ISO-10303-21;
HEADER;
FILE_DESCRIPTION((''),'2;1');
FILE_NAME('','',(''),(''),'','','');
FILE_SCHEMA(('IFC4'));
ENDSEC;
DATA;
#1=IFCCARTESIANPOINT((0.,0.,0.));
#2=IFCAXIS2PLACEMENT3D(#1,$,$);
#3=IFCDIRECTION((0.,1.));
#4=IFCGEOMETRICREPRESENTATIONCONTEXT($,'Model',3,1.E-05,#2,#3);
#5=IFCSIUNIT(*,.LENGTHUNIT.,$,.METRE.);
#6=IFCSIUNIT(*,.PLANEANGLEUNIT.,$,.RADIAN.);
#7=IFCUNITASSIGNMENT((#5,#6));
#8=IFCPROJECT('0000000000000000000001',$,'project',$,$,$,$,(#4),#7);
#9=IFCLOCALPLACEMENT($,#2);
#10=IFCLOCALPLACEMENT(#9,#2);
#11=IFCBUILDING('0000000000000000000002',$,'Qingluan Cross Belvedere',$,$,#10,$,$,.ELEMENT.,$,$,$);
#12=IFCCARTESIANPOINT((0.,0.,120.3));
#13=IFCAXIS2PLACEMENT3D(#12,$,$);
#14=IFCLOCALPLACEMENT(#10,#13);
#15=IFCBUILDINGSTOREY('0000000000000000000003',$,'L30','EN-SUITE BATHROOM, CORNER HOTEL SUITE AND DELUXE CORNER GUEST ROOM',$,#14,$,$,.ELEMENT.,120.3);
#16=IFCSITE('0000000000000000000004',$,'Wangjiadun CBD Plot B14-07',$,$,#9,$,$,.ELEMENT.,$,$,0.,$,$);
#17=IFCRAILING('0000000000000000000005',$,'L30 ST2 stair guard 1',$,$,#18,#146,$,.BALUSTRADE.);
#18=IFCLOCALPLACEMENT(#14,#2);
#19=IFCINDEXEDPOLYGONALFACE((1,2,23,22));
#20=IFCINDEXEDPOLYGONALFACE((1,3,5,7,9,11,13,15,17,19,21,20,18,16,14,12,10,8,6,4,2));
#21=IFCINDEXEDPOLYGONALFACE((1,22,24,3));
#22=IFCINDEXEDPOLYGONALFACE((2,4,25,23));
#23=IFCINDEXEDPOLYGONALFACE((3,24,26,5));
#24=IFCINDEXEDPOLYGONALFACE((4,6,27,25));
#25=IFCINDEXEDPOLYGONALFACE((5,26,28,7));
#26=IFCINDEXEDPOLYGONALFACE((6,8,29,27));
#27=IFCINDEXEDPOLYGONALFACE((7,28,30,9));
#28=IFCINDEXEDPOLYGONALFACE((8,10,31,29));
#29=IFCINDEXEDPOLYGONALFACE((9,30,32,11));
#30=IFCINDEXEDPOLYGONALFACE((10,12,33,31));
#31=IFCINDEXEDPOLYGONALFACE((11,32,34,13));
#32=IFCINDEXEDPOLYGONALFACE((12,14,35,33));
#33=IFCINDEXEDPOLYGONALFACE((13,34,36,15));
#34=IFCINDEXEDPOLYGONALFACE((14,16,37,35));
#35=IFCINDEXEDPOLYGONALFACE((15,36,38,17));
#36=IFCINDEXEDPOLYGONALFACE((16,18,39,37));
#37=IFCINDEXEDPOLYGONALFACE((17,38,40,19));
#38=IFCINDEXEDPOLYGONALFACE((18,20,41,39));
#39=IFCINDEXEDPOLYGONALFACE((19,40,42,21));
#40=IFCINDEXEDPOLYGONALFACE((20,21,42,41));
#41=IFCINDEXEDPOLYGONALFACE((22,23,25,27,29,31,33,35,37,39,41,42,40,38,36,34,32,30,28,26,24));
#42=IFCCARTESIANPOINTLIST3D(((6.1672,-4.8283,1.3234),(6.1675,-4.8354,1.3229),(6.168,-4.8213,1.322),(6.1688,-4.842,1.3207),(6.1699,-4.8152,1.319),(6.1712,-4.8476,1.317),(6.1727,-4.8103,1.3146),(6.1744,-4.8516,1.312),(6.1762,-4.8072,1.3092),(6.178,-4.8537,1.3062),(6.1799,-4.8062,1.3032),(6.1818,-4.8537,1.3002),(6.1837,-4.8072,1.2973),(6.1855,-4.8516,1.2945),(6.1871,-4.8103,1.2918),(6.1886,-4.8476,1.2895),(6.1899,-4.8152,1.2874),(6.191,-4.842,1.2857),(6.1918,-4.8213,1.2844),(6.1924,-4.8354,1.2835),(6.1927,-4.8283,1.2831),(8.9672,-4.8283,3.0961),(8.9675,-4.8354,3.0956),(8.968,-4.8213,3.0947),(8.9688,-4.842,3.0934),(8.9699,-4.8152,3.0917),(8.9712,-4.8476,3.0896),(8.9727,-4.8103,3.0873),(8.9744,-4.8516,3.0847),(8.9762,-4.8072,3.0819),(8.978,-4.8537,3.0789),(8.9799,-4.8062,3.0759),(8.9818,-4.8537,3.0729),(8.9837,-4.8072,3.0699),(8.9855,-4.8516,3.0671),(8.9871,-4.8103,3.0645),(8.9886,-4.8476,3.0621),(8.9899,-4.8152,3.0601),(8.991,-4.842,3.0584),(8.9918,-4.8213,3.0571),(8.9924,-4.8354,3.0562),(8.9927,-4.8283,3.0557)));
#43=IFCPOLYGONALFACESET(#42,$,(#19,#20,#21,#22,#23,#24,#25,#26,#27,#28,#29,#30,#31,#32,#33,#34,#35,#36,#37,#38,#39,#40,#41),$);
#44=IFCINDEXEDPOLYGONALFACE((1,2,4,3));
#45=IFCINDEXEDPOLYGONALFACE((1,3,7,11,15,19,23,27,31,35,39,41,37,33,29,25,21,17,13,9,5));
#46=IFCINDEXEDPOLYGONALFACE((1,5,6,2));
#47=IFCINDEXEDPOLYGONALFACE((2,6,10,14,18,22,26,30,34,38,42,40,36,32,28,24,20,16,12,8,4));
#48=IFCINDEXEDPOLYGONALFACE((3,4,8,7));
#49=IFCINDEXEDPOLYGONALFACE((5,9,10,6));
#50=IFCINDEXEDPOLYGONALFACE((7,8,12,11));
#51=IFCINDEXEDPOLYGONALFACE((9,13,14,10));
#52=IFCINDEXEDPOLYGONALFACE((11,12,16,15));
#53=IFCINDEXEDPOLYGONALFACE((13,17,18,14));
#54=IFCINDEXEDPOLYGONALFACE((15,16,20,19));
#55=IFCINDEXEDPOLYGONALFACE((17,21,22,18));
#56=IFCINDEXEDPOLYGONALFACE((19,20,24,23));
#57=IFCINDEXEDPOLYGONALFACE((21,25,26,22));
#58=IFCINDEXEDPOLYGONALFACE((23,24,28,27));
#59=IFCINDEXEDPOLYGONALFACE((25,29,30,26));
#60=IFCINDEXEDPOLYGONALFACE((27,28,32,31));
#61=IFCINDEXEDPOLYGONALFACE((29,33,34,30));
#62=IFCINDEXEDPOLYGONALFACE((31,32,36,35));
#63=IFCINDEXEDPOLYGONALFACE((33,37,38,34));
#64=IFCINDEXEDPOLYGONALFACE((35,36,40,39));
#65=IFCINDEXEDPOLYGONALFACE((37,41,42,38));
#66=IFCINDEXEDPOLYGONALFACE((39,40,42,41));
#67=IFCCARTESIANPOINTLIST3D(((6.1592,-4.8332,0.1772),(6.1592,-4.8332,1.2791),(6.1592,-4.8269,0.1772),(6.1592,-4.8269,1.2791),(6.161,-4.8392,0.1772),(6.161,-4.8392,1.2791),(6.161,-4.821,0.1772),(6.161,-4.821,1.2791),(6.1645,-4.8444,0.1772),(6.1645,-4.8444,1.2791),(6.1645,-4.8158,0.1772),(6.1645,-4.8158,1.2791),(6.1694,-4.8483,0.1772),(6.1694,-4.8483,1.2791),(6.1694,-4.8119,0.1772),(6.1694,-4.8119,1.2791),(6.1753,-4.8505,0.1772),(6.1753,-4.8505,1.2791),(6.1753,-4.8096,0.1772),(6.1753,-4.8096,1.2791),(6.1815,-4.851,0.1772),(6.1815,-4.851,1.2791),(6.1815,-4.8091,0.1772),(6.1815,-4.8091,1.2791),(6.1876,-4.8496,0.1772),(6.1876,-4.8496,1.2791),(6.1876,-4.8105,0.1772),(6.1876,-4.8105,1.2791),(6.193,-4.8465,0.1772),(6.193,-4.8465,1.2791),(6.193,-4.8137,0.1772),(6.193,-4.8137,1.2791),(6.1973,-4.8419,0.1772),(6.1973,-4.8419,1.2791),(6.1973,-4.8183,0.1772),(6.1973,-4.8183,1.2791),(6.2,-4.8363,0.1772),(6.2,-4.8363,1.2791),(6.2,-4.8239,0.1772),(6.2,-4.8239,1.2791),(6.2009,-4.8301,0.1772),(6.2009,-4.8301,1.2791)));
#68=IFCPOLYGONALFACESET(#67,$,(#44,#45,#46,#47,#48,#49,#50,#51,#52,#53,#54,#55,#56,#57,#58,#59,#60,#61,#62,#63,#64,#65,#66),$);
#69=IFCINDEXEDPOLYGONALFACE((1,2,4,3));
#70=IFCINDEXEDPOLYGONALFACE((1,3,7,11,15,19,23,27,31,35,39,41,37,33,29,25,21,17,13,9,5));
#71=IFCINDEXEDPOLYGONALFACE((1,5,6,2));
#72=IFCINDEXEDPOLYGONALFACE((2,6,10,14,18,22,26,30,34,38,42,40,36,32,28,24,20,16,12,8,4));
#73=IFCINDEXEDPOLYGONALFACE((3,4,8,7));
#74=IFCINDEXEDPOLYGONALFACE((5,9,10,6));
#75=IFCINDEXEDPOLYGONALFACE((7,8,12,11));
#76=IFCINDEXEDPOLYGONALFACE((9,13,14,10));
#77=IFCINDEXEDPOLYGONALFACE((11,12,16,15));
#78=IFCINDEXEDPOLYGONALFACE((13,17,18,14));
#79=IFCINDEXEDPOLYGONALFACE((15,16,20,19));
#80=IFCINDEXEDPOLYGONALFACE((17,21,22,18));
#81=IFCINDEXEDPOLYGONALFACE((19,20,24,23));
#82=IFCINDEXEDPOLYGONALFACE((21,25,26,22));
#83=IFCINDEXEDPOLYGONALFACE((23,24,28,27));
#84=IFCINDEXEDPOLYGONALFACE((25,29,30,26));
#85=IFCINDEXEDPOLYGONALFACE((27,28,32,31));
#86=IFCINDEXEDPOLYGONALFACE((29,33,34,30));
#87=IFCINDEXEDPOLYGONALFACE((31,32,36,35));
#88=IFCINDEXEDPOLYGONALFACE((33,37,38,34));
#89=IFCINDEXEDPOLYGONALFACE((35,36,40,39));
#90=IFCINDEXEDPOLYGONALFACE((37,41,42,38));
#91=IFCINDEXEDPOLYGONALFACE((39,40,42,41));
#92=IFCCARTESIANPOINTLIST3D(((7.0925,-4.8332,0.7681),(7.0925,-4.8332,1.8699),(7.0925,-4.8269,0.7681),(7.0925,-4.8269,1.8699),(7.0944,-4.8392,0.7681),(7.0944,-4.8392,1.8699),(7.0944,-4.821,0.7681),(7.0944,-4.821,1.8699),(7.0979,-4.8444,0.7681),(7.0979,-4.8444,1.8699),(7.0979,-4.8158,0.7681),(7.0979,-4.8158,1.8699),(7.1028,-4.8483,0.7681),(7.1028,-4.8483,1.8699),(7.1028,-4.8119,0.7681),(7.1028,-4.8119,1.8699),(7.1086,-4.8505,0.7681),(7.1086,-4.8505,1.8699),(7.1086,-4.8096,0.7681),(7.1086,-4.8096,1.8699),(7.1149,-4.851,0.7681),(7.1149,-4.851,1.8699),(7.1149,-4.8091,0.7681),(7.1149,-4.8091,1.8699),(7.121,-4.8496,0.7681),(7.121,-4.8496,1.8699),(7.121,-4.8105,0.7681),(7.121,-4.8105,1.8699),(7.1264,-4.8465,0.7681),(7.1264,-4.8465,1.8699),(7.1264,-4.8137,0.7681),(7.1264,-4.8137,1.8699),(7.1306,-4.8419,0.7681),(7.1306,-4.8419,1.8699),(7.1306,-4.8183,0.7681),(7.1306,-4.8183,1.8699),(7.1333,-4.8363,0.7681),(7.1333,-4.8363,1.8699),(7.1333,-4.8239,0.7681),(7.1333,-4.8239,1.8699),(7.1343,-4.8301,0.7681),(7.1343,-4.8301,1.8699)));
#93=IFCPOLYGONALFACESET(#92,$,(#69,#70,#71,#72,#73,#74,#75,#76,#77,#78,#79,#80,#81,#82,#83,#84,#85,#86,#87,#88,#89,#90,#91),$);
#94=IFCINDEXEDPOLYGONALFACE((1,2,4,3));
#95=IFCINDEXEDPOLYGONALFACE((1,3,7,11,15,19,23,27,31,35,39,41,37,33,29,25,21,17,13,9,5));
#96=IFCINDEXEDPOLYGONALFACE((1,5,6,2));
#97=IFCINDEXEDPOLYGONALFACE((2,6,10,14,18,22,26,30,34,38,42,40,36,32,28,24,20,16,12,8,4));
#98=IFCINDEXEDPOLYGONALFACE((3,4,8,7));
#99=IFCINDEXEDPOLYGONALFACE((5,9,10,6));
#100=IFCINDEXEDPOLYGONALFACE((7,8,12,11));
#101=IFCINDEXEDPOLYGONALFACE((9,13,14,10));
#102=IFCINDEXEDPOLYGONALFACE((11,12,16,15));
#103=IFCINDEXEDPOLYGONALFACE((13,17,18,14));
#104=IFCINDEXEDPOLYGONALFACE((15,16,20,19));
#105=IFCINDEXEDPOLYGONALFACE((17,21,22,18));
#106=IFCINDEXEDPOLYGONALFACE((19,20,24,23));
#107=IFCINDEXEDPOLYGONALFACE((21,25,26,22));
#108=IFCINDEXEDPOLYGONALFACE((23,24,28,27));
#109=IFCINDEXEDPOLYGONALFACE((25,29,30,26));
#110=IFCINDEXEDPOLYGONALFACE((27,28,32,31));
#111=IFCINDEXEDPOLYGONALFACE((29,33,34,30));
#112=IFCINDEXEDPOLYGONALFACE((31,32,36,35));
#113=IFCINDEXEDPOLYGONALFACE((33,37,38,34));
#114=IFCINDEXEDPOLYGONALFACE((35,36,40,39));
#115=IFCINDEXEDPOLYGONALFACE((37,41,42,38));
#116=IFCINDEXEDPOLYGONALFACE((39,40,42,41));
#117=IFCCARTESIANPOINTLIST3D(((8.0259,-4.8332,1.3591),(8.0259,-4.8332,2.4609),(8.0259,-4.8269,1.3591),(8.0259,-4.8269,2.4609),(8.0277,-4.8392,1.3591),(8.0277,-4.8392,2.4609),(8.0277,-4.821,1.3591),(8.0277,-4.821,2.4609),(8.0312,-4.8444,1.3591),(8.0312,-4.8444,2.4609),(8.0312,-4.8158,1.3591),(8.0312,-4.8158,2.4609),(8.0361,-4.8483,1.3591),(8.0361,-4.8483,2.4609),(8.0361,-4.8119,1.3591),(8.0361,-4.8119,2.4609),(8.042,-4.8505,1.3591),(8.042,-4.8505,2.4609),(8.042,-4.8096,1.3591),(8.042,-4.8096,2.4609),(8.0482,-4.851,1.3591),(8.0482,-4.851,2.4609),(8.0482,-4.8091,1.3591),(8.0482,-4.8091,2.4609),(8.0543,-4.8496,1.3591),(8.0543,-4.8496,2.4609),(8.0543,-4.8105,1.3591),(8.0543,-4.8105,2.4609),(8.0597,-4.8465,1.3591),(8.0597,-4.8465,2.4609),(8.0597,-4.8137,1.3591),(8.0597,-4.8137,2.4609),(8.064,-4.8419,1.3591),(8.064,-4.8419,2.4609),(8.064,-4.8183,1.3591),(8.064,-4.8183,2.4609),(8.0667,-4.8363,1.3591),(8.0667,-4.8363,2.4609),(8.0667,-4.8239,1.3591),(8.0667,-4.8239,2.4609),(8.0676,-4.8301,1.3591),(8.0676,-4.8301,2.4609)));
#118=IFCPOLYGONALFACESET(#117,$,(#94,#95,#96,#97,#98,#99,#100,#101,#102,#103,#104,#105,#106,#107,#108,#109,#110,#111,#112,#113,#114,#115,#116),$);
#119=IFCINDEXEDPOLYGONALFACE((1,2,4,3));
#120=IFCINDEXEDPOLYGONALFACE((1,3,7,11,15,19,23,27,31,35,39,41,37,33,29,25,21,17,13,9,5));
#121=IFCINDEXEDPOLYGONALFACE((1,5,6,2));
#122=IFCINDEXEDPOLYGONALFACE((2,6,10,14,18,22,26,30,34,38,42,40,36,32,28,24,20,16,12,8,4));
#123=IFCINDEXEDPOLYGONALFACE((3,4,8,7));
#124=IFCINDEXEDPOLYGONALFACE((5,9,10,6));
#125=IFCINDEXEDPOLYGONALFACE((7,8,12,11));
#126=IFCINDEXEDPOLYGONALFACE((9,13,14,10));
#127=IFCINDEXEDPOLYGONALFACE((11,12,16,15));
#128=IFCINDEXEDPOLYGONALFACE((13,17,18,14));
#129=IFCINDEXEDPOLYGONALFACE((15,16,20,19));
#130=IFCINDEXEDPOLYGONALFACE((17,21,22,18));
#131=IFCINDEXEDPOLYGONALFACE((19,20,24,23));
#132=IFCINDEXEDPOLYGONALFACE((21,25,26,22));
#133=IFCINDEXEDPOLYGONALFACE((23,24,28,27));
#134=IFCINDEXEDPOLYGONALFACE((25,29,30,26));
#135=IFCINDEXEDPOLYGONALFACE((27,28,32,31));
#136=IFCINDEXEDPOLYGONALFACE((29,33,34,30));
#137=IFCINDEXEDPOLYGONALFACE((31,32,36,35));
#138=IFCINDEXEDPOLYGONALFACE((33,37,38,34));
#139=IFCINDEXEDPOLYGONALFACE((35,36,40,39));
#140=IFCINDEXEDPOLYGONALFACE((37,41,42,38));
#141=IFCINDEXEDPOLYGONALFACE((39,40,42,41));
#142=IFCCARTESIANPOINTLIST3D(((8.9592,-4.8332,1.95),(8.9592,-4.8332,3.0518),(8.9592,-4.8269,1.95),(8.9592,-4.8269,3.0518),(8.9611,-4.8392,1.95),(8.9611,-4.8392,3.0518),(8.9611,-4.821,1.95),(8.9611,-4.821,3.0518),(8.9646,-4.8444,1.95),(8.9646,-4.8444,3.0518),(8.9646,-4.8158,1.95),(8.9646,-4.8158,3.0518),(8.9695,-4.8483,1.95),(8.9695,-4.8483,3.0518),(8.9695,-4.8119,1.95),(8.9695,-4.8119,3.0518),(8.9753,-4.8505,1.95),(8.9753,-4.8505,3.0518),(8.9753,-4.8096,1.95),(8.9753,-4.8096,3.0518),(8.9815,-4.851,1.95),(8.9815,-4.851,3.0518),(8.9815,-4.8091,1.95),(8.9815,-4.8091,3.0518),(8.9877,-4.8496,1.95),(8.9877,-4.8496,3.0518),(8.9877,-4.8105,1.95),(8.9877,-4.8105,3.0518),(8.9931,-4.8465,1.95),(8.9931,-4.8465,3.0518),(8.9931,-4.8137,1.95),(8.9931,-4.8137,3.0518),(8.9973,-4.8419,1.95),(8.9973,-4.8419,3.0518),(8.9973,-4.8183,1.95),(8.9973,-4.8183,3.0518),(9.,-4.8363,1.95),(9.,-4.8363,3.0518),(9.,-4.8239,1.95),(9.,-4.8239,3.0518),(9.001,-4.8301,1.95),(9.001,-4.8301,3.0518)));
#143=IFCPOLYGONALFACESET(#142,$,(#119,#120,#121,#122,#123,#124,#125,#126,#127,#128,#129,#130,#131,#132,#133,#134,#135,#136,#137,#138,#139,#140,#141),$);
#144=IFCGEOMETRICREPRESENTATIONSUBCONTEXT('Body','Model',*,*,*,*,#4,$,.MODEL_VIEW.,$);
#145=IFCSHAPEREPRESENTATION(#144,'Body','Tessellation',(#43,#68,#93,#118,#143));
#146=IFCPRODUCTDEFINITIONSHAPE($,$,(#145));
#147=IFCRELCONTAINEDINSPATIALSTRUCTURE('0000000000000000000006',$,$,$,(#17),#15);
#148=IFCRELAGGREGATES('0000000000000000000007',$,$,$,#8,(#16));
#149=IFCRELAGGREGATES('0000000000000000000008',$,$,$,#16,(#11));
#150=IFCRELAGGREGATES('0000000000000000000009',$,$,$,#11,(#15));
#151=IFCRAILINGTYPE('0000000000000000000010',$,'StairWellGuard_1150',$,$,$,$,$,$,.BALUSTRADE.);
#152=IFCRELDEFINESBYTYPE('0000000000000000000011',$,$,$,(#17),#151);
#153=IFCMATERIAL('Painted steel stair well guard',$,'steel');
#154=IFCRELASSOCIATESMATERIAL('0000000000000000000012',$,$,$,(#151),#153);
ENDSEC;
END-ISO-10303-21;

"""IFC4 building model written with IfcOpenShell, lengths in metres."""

from ifc_helpers import new_model, si_unit, direction, frame, origin, origin_2d, place, context, subcontext, project, spatial, circle, extrude, material, type_object, element, save


model = new_model("IFC4")

# Units and contexts
model_context = context("Model", 3, precision=1e-05, world=origin(), true_north=direction((0.0, 1.0)))
body_context = subcontext(model_context, "Body", "Model", "MODEL_VIEW")
ifc_project = project(units=[si_unit("LENGTHUNIT", "METRE"), si_unit("PLANEANGLEUNIT", "RADIAN")], contexts=[model_context])

# Site, building, storey
site_placement = place(None, origin())
site = spatial("IfcSite", under=ifc_project, at=site_placement, Name="Wangjiadun CBD Plot B14-07", CompositionType="ELEMENT", RefElevation=0.0)
building_placement = place(site_placement, origin())
building = spatial("IfcBuilding", under=site, at=building_placement, Name="Qingluan Cross Belvedere", CompositionType="ELEMENT")
storey_placement = place(building_placement, frame((0.0, 0.0, 120.3)))
storey = spatial("IfcBuildingStorey", under=building, at=storey_placement, Name="L30", Description="EN-SUITE BATHROOM, CORNER HOTEL SUITE AND DELUXE CORNER GUEST ROOM", CompositionType="ELEMENT", Elevation=120.3)

# Railing
ifc_material_1 = material(Name="Painted steel stair well guard", Category="steel")
railing_type_1 = type_object("IfcRailingType", Name="StairWellGuard_1150", PredefinedType="BALUSTRADE", material=ifc_material_1)
railing_1_placement = place(storey_placement, frame((6.1799, -4.8301, 0.1772)))
element("IfcRailing", 1, at=railing_1_placement, inside=storey, type_object=railing_type_1, Name="L30 ST2 stair guard 1", PredefinedType="BALUSTRADE", context=body_context, shape_type="SweptSolid", body=[
    extrude(circle(Radius=0.0239, at=origin_2d()), frame((0.0, 0.0, 1.126), z_axis=(0.844909, 0.0, 0.53491), x_axis=(0.0, 1.0, 0.0)), (0.0, 0.0, 1.0), 3.314),
    extrude(circle(Radius=0.021, at=origin_2d()), origin(), (0.0, 0.0, 1.0), 1.1018),
    extrude(circle(Radius=0.021, at=origin_2d()), frame((0.9333, 0.0, 0.5908)), (0.0, 0.0, 1.0), 1.1018),
    extrude(circle(Radius=0.021, at=origin_2d()), frame((1.8667, 0.0, 1.1819)), (0.0, 0.0, 1.0), 1.1018),
    extrude(circle(Radius=0.021, at=origin_2d()), frame((2.8, 0.0, 1.7727)), (0.0, 0.0, 1.0), 1.1018),
])

save(model, "model.ifc")
